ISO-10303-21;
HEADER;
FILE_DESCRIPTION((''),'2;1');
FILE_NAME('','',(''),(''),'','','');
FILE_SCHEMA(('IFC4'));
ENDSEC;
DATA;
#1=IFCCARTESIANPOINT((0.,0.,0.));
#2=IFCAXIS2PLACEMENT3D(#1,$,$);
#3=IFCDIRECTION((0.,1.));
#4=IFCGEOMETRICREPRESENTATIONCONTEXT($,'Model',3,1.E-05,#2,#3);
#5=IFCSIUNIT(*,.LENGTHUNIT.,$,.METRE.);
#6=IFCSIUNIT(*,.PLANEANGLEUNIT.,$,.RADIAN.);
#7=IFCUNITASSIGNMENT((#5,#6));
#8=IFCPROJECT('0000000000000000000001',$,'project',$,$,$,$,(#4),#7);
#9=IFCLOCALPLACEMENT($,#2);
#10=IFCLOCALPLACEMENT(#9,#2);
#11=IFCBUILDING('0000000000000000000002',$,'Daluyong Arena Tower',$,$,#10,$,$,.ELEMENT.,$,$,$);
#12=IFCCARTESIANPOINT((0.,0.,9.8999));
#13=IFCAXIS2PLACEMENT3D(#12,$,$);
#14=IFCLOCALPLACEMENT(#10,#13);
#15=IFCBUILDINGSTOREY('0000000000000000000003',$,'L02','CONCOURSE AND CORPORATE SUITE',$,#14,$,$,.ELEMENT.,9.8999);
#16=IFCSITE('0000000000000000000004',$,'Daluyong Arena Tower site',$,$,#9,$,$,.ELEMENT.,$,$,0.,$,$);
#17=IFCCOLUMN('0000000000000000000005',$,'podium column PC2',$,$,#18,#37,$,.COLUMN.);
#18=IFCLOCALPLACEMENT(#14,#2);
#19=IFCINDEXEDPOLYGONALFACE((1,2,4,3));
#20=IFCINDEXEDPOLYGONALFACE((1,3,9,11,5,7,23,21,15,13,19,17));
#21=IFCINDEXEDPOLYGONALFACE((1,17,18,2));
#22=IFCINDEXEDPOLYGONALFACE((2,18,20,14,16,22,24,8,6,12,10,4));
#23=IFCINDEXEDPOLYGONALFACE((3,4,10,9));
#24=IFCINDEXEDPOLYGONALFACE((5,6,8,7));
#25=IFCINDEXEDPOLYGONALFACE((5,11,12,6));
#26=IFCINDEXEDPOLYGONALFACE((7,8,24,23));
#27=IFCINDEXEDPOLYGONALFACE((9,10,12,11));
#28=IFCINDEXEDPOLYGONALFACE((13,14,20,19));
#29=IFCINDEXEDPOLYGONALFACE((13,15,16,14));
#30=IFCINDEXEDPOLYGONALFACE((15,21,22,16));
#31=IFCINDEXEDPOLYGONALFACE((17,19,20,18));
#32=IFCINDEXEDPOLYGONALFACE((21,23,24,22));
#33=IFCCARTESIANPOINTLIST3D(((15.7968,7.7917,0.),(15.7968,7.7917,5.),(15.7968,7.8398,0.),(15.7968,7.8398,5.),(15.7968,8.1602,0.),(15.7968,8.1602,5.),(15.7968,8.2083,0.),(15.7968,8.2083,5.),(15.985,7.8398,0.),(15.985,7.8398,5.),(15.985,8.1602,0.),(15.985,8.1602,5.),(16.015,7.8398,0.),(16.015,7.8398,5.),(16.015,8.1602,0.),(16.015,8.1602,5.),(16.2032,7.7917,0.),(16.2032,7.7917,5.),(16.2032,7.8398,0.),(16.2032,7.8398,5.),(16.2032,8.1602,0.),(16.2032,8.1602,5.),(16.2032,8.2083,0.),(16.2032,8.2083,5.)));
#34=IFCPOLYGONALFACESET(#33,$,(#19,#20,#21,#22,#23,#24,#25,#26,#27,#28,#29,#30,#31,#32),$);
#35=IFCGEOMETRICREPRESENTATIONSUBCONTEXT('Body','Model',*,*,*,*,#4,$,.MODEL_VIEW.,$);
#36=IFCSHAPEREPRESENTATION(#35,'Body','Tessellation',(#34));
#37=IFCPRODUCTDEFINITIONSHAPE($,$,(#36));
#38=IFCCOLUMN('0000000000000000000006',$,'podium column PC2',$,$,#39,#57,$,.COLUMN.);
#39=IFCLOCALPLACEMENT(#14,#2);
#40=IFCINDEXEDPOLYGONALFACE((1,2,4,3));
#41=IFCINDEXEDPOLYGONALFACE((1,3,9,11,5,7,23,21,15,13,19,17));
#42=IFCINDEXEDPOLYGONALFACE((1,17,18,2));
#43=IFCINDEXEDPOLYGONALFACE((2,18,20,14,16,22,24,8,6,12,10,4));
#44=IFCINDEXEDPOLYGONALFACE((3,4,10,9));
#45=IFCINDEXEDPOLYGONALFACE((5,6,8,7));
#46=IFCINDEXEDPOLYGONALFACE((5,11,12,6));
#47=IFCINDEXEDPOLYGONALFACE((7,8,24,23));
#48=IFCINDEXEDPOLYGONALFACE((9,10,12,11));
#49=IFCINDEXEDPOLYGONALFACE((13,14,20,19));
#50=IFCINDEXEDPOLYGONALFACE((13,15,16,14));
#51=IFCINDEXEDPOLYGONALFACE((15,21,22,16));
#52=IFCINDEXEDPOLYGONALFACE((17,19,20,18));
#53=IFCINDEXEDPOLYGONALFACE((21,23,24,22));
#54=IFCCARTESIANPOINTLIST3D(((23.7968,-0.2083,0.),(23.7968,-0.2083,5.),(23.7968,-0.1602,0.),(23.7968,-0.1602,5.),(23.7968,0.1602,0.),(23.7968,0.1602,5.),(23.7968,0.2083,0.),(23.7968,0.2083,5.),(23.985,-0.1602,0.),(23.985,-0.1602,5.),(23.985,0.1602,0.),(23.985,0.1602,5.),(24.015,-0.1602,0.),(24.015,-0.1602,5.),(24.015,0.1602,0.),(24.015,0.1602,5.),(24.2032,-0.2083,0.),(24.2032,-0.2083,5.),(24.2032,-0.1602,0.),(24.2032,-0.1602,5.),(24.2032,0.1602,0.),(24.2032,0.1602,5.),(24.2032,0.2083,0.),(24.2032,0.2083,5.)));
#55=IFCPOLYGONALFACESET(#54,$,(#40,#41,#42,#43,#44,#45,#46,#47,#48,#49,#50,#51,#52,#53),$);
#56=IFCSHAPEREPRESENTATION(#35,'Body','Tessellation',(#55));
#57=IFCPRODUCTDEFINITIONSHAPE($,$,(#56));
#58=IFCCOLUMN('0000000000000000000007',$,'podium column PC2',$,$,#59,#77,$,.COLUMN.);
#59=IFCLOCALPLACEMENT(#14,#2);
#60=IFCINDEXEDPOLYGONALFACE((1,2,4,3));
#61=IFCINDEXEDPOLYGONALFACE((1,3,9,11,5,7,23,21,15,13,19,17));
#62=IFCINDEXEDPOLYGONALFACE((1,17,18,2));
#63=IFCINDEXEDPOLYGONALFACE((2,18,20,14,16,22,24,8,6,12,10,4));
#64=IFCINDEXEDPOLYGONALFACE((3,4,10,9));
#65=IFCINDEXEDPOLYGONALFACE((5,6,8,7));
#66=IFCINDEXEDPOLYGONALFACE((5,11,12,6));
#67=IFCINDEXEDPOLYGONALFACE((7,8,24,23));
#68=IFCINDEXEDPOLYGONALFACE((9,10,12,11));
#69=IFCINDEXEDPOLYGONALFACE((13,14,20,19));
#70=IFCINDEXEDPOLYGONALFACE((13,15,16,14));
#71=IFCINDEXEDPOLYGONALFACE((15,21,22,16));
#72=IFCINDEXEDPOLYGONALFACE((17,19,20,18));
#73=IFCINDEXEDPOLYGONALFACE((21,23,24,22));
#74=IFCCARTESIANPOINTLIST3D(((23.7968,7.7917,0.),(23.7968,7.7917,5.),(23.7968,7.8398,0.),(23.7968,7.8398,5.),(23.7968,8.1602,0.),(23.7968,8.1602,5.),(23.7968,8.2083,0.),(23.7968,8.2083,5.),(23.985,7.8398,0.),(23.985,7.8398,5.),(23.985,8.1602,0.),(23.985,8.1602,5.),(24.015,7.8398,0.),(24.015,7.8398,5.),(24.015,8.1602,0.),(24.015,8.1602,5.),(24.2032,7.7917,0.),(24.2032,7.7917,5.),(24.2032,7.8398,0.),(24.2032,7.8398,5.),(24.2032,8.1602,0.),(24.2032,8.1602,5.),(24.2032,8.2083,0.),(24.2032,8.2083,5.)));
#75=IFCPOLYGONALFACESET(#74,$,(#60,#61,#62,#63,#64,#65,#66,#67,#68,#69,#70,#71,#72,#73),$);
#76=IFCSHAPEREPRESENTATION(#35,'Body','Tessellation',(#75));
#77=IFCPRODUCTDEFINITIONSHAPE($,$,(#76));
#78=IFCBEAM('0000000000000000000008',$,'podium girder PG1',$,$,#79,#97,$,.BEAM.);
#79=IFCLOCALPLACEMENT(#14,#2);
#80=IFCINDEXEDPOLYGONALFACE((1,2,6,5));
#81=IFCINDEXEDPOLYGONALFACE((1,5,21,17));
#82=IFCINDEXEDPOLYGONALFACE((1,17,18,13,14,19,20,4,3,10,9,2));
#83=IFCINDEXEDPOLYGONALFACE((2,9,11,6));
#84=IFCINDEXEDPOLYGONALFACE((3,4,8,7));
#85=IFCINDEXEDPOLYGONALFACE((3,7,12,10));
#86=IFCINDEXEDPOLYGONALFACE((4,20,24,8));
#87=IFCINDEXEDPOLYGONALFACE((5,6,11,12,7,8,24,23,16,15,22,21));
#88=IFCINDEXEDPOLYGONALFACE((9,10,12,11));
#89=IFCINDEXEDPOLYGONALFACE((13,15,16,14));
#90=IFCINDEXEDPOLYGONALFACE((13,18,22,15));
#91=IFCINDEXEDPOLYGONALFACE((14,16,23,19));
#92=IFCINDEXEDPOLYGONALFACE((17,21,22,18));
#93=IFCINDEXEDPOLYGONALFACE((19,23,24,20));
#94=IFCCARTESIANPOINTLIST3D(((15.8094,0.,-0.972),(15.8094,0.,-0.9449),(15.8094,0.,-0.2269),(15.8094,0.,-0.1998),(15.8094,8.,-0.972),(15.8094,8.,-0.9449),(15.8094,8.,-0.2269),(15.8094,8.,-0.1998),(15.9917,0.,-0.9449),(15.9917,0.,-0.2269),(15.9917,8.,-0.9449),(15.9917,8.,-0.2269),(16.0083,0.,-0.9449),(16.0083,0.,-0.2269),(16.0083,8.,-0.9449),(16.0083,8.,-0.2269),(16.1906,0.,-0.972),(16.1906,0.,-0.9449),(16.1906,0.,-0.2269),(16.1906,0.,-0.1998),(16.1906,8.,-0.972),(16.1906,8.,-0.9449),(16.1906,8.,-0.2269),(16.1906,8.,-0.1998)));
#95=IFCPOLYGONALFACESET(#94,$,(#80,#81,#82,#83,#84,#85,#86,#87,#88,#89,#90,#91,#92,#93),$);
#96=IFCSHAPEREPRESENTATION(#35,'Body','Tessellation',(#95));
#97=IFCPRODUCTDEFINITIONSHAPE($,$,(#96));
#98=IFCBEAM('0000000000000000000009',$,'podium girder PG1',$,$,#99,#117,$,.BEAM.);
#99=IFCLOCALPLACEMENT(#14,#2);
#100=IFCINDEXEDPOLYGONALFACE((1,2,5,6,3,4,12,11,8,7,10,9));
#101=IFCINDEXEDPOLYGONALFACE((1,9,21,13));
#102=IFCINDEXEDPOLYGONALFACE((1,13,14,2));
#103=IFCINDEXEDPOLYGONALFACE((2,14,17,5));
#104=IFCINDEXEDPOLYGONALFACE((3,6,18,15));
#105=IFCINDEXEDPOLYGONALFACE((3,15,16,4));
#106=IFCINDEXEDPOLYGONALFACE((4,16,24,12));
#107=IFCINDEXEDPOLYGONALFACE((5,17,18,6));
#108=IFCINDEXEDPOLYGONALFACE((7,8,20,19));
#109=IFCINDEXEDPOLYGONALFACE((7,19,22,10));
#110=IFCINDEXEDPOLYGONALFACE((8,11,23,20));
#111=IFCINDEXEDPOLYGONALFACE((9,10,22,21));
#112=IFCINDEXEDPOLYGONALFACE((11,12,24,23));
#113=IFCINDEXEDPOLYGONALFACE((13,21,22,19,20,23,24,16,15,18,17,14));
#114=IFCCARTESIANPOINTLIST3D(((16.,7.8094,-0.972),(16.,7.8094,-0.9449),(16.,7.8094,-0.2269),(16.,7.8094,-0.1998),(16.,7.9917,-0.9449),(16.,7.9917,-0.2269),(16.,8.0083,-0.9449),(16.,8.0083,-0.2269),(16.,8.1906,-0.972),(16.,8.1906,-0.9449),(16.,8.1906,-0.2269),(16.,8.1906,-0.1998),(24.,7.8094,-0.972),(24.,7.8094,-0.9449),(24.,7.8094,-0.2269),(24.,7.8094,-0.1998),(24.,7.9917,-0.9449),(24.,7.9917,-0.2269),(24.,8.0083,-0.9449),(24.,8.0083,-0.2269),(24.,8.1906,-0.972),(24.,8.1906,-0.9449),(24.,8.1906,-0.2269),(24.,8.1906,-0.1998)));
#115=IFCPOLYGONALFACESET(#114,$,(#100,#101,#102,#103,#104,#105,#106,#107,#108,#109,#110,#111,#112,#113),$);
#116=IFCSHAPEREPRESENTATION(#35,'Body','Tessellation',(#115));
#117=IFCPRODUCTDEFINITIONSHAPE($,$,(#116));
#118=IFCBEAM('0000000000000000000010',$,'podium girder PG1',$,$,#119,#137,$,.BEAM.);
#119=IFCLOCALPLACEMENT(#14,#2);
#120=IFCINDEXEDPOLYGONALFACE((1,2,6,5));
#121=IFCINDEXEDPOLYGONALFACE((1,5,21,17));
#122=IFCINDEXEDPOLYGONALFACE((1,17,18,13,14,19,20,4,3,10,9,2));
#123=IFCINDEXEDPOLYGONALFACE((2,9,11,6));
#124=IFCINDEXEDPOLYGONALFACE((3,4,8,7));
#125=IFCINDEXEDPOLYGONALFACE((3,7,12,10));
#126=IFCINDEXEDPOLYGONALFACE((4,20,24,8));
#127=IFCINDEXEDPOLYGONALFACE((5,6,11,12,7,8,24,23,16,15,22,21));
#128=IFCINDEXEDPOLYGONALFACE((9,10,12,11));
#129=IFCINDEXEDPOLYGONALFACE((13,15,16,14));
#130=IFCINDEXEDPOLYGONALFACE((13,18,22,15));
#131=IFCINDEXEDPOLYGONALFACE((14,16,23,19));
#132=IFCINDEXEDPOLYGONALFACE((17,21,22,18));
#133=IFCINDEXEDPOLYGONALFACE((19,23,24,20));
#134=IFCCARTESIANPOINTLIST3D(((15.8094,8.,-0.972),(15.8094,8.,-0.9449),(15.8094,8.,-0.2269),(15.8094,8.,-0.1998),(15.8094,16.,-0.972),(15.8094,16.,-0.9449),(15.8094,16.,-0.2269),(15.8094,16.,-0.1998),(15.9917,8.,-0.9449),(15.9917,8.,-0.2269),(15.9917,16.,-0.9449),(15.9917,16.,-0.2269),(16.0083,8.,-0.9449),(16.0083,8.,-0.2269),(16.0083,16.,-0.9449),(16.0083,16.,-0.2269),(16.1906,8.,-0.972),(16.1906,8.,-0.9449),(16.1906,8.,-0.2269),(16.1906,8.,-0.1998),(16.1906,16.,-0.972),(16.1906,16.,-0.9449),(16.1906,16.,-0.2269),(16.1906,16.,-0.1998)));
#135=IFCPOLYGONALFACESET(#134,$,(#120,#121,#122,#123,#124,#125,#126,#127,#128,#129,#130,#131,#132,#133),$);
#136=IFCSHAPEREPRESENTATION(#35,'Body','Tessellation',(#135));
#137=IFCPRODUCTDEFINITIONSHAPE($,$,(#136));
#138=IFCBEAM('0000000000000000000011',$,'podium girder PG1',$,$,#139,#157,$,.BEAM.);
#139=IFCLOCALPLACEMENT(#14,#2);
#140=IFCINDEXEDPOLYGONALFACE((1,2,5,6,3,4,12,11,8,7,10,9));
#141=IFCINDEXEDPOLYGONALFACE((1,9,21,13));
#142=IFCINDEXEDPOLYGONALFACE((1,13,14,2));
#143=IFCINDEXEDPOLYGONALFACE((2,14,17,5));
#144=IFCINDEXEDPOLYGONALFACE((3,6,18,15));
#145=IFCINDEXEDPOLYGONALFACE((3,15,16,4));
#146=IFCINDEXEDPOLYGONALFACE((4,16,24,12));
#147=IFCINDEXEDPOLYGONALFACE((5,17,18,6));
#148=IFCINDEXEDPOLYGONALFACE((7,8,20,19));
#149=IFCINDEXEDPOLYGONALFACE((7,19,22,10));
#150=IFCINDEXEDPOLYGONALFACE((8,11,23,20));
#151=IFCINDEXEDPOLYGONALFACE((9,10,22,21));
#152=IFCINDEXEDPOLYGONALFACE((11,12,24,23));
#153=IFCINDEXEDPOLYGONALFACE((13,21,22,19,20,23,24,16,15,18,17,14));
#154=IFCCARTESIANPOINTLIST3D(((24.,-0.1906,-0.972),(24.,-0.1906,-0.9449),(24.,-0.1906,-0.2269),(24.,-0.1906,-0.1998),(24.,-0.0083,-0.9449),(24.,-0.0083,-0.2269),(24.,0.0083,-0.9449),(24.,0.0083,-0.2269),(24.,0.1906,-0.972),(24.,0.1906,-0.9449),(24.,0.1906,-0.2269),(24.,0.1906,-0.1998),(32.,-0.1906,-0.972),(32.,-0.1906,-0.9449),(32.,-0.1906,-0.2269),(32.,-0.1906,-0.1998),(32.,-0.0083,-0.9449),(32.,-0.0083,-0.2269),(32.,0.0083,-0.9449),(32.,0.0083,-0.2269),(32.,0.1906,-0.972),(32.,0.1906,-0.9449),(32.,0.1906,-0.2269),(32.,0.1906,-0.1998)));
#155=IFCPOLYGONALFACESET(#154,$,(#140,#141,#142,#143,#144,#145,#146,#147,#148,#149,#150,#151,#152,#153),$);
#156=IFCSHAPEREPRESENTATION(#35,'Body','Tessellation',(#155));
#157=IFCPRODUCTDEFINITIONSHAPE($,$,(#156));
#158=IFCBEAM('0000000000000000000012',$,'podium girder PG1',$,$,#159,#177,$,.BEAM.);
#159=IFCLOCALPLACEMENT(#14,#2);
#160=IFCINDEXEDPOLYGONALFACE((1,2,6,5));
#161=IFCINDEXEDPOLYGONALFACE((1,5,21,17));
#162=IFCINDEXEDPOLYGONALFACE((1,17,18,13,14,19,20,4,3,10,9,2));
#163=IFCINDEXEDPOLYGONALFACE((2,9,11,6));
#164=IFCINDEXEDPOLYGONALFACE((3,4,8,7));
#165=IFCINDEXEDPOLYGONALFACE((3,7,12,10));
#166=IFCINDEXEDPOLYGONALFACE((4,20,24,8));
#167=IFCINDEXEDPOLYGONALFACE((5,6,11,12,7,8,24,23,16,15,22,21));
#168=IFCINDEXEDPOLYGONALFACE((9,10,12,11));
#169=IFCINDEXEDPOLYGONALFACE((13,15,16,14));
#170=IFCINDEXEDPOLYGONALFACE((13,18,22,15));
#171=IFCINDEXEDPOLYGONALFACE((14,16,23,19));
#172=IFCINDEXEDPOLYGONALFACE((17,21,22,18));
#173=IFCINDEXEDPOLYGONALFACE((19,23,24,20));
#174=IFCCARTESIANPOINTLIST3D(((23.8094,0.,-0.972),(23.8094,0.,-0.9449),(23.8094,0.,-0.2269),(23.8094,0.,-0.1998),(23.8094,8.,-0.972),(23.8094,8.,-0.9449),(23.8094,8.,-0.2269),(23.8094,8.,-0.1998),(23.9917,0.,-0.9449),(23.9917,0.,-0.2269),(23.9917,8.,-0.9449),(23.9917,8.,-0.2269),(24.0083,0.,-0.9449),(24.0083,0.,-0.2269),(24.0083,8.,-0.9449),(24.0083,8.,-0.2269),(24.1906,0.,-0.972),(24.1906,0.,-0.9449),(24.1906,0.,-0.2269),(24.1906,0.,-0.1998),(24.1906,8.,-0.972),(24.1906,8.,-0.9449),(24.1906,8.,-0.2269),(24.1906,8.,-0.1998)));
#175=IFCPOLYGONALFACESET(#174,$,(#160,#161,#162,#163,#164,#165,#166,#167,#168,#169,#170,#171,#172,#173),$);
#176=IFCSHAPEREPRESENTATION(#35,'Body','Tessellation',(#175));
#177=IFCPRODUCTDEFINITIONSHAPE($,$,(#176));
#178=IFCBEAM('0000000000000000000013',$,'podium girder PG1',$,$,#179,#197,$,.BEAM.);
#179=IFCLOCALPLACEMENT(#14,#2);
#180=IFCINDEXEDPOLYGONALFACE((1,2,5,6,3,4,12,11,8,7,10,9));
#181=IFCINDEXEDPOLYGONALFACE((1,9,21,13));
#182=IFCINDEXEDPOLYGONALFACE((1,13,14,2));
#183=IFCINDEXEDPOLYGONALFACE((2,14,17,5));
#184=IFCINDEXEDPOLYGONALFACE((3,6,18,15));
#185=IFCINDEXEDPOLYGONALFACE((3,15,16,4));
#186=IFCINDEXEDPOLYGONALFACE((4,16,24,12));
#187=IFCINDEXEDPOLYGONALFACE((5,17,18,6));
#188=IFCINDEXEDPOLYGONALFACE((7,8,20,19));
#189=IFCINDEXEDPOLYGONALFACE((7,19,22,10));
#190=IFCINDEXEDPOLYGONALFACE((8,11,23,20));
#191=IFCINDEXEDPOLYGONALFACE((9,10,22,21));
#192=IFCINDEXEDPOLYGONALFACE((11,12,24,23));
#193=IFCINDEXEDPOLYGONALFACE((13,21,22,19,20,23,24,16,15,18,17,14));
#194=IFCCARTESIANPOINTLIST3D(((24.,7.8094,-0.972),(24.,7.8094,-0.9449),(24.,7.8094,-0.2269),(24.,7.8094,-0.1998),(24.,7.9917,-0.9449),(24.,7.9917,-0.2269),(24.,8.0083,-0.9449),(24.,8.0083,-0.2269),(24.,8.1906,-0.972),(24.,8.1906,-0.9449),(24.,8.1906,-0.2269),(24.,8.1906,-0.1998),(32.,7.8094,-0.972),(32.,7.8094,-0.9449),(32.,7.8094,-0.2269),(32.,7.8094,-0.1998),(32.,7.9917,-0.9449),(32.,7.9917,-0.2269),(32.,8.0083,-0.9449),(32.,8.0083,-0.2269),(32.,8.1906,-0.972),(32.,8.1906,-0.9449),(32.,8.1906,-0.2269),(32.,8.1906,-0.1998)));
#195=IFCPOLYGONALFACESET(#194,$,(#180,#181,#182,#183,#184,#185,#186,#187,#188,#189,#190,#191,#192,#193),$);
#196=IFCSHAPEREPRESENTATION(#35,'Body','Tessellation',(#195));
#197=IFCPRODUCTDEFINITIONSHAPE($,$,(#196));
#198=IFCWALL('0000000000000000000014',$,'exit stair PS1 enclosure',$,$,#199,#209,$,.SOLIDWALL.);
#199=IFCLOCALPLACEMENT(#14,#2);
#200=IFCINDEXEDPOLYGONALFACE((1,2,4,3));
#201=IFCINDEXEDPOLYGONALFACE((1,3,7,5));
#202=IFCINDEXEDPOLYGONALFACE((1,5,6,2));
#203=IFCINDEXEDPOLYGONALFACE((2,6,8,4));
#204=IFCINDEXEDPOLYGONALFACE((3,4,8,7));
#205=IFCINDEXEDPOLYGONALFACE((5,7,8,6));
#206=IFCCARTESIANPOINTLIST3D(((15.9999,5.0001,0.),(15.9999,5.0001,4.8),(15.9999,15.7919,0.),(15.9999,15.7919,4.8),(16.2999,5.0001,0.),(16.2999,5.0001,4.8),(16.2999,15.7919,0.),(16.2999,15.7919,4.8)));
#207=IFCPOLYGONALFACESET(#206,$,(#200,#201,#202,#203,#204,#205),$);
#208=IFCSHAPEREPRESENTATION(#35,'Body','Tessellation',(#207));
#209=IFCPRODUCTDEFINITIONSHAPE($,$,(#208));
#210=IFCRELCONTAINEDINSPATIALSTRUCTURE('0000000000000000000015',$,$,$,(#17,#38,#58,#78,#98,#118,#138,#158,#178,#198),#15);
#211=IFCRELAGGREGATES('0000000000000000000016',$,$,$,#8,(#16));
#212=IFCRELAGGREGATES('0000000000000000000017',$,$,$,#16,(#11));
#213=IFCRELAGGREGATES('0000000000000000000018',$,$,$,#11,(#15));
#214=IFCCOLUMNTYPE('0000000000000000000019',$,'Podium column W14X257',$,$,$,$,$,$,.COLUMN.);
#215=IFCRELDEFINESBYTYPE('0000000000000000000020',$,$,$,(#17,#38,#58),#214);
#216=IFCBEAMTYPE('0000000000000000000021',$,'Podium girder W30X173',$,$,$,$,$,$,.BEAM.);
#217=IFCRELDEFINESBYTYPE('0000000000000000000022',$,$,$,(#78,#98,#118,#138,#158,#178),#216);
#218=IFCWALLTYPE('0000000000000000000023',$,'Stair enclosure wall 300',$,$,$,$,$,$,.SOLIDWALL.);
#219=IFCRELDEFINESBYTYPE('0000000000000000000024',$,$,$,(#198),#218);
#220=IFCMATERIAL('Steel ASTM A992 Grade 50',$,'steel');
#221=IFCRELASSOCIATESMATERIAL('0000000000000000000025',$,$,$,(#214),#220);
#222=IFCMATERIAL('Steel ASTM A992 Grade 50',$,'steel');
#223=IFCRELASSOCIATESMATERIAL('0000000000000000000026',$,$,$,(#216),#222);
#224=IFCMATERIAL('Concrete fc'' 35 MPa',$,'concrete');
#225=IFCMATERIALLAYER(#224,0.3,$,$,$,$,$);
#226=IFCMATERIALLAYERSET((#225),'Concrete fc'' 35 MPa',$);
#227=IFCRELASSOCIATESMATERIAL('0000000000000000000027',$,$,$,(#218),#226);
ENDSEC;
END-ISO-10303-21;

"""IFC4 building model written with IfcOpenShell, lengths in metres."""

from ifc_helpers import new_model, si_unit, direction, frame, frame_2d, origin, origin_2d, place, context, subcontext, project, spatial, rectangle, i_section, extrude, material, layer, layer_set, material_profile, profile_set, type_object, element, save


model = new_model("IFC4")

# Units and contexts
model_context = context("Model", 3, precision=1e-05, world=origin(), true_north=direction((0.0, 1.0)))
body_context = subcontext(model_context, "Body", "Model", "MODEL_VIEW")
ifc_project = project(units=[si_unit("LENGTHUNIT", "METRE"), si_unit("PLANEANGLEUNIT", "RADIAN")], contexts=[model_context])

# Site, building, storey
site_placement = place(None, origin())
site = spatial("IfcSite", under=ifc_project, at=site_placement, Name="Daluyong Arena Tower site", CompositionType="ELEMENT", RefElevation=0.0)
building_placement = place(site_placement, origin())
building = spatial("IfcBuilding", under=site, at=building_placement, Name="Daluyong Arena Tower", CompositionType="ELEMENT")
storey_placement = place(building_placement, frame((0.0, 0.0, 9.8999)))
storey = spatial("IfcBuildingStorey", under=building, at=storey_placement, Name="L02", Description="CONCOURSE AND CORPORATE SUITE", CompositionType="ELEMENT", Elevation=9.8999)

# Columns
ifc_material_1 = material(Name="Steel ASTM A992 Grade 50", Category="steel")
ifc_material_profile_1 = material_profile(ifc_material_1, i_section(OverallWidth=0.4065, OverallDepth=0.4165, WebThickness=0.03, FlangeThickness=0.0481, at=origin_2d()))
ifc_profile_set_1 = profile_set([ifc_material_profile_1], Name="Steel ASTM A992 Grade 50")
column_type = type_object("IfcColumnType", Name="Podium column W14X257", PredefinedType="COLUMN", material=ifc_profile_set_1)
for number, where, z_axis, x_axis, name in (
    (1, (16.0, 8.0, 0.0), (0.0, 0.0, 1.0), (1.0, 0.0, 0.0), "podium column PC2"),
    (2, (24.0, 0.0, 0.0), (0.0, 0.0, 1.0), (1.0, 0.0, 0.0), "podium column PC2"),
    (3, (24.0, 8.0, 0.0), (0.0, 0.0, 1.0), (1.0, 0.0, 0.0), "podium column PC2"),
):
    element("IfcColumn", number, at=place(storey_placement, frame(where, z_axis=z_axis, x_axis=x_axis)), inside=storey, type_object=column_type, Name=name, PredefinedType="COLUMN", context=body_context, shape_type="SweptSolid", body=[
        extrude(i_section(OverallWidth=0.4065, OverallDepth=0.4165, WebThickness=0.03, FlangeThickness=0.0481, at=origin_2d()), origin(), (0.0, 0.0, 1.0), 5.0),
    ])

# Beams
ifc_material_2 = material(Name="Steel ASTM A992 Grade 50", Category="steel")
ifc_material_profile_2 = material_profile(ifc_material_2, i_section(OverallWidth=0.3811, OverallDepth=0.7722, WebThickness=0.0166, FlangeThickness=0.0271, at=origin_2d()))
ifc_profile_set_2 = profile_set([ifc_material_profile_2], Name="Steel ASTM A992 Grade 50")
beam_type = type_object("IfcBeamType", Name="Podium girder W30X173", PredefinedType="BEAM", material=ifc_profile_set_2)
for number, where, z_axis, x_axis, name in (
    (4, (16.0, 0.0, -0.5859), (0.0, 1.0, 0.0), (-1.0, 0.0, 0.0), "podium girder PG1"),
    (5, (16.0, 8.0, -0.5859), (1.0, 0.0, 0.0), (0.0, 1.0, 0.0), "podium girder PG1"),
    (6, (16.0, 8.0, -0.5859), (0.0, 1.0, 0.0), (-1.0, 0.0, 0.0), "podium girder PG1"),
    (7, (24.0, 0.0, -0.5859), (1.0, 0.0, 0.0), (0.0, 1.0, 0.0), "podium girder PG1"),
    (8, (24.0, 0.0, -0.5859), (0.0, 1.0, 0.0), (-1.0, 0.0, 0.0), "podium girder PG1"),
    (9, (24.0, 8.0, -0.5859), (1.0, 0.0, 0.0), (0.0, 1.0, 0.0), "podium girder PG1"),
):
    element("IfcBeam", number, at=place(storey_placement, frame(where, z_axis=z_axis, x_axis=x_axis)), inside=storey, type_object=beam_type, Name=name, PredefinedType="BEAM", context=body_context, shape_type="SweptSolid", body=[
        extrude(i_section(OverallWidth=0.3811, OverallDepth=0.7722, WebThickness=0.0166, FlangeThickness=0.0271, at=origin_2d()), origin(), (0.0, 0.0, 1.0), 8.0),
    ])

# Wall
ifc_material_3 = material(Name="Concrete fc' 35 MPa", Category="concrete")
ifc_layer = layer(ifc_material_3, 0.3)
ifc_layer_set = layer_set([ifc_layer], Name="Concrete fc' 35 MPa")
wall_type = type_object("IfcWallType", Name="Stair enclosure wall 300", PredefinedType="SOLIDWALL", material=ifc_layer_set)
wall_1_placement = place(storey_placement, frame((16.1499, 5.0, 0.0), z_axis=(0.0, 0.0, 1.0), x_axis=(0.0, 1.0, 0.0)))
element("IfcWall", 10, at=wall_1_placement, inside=storey, type_object=wall_type, Name="exit stair PS1 enclosure", PredefinedType="SOLIDWALL", context=body_context, shape_type="SweptSolid", body=[
    extrude(rectangle(XDim=10.7917, YDim=0.3, at=frame_2d((5.396, 0.0))), origin(), (0.0, 0.0, 1.0), 4.8),
])

save(model, "model.ifc")
